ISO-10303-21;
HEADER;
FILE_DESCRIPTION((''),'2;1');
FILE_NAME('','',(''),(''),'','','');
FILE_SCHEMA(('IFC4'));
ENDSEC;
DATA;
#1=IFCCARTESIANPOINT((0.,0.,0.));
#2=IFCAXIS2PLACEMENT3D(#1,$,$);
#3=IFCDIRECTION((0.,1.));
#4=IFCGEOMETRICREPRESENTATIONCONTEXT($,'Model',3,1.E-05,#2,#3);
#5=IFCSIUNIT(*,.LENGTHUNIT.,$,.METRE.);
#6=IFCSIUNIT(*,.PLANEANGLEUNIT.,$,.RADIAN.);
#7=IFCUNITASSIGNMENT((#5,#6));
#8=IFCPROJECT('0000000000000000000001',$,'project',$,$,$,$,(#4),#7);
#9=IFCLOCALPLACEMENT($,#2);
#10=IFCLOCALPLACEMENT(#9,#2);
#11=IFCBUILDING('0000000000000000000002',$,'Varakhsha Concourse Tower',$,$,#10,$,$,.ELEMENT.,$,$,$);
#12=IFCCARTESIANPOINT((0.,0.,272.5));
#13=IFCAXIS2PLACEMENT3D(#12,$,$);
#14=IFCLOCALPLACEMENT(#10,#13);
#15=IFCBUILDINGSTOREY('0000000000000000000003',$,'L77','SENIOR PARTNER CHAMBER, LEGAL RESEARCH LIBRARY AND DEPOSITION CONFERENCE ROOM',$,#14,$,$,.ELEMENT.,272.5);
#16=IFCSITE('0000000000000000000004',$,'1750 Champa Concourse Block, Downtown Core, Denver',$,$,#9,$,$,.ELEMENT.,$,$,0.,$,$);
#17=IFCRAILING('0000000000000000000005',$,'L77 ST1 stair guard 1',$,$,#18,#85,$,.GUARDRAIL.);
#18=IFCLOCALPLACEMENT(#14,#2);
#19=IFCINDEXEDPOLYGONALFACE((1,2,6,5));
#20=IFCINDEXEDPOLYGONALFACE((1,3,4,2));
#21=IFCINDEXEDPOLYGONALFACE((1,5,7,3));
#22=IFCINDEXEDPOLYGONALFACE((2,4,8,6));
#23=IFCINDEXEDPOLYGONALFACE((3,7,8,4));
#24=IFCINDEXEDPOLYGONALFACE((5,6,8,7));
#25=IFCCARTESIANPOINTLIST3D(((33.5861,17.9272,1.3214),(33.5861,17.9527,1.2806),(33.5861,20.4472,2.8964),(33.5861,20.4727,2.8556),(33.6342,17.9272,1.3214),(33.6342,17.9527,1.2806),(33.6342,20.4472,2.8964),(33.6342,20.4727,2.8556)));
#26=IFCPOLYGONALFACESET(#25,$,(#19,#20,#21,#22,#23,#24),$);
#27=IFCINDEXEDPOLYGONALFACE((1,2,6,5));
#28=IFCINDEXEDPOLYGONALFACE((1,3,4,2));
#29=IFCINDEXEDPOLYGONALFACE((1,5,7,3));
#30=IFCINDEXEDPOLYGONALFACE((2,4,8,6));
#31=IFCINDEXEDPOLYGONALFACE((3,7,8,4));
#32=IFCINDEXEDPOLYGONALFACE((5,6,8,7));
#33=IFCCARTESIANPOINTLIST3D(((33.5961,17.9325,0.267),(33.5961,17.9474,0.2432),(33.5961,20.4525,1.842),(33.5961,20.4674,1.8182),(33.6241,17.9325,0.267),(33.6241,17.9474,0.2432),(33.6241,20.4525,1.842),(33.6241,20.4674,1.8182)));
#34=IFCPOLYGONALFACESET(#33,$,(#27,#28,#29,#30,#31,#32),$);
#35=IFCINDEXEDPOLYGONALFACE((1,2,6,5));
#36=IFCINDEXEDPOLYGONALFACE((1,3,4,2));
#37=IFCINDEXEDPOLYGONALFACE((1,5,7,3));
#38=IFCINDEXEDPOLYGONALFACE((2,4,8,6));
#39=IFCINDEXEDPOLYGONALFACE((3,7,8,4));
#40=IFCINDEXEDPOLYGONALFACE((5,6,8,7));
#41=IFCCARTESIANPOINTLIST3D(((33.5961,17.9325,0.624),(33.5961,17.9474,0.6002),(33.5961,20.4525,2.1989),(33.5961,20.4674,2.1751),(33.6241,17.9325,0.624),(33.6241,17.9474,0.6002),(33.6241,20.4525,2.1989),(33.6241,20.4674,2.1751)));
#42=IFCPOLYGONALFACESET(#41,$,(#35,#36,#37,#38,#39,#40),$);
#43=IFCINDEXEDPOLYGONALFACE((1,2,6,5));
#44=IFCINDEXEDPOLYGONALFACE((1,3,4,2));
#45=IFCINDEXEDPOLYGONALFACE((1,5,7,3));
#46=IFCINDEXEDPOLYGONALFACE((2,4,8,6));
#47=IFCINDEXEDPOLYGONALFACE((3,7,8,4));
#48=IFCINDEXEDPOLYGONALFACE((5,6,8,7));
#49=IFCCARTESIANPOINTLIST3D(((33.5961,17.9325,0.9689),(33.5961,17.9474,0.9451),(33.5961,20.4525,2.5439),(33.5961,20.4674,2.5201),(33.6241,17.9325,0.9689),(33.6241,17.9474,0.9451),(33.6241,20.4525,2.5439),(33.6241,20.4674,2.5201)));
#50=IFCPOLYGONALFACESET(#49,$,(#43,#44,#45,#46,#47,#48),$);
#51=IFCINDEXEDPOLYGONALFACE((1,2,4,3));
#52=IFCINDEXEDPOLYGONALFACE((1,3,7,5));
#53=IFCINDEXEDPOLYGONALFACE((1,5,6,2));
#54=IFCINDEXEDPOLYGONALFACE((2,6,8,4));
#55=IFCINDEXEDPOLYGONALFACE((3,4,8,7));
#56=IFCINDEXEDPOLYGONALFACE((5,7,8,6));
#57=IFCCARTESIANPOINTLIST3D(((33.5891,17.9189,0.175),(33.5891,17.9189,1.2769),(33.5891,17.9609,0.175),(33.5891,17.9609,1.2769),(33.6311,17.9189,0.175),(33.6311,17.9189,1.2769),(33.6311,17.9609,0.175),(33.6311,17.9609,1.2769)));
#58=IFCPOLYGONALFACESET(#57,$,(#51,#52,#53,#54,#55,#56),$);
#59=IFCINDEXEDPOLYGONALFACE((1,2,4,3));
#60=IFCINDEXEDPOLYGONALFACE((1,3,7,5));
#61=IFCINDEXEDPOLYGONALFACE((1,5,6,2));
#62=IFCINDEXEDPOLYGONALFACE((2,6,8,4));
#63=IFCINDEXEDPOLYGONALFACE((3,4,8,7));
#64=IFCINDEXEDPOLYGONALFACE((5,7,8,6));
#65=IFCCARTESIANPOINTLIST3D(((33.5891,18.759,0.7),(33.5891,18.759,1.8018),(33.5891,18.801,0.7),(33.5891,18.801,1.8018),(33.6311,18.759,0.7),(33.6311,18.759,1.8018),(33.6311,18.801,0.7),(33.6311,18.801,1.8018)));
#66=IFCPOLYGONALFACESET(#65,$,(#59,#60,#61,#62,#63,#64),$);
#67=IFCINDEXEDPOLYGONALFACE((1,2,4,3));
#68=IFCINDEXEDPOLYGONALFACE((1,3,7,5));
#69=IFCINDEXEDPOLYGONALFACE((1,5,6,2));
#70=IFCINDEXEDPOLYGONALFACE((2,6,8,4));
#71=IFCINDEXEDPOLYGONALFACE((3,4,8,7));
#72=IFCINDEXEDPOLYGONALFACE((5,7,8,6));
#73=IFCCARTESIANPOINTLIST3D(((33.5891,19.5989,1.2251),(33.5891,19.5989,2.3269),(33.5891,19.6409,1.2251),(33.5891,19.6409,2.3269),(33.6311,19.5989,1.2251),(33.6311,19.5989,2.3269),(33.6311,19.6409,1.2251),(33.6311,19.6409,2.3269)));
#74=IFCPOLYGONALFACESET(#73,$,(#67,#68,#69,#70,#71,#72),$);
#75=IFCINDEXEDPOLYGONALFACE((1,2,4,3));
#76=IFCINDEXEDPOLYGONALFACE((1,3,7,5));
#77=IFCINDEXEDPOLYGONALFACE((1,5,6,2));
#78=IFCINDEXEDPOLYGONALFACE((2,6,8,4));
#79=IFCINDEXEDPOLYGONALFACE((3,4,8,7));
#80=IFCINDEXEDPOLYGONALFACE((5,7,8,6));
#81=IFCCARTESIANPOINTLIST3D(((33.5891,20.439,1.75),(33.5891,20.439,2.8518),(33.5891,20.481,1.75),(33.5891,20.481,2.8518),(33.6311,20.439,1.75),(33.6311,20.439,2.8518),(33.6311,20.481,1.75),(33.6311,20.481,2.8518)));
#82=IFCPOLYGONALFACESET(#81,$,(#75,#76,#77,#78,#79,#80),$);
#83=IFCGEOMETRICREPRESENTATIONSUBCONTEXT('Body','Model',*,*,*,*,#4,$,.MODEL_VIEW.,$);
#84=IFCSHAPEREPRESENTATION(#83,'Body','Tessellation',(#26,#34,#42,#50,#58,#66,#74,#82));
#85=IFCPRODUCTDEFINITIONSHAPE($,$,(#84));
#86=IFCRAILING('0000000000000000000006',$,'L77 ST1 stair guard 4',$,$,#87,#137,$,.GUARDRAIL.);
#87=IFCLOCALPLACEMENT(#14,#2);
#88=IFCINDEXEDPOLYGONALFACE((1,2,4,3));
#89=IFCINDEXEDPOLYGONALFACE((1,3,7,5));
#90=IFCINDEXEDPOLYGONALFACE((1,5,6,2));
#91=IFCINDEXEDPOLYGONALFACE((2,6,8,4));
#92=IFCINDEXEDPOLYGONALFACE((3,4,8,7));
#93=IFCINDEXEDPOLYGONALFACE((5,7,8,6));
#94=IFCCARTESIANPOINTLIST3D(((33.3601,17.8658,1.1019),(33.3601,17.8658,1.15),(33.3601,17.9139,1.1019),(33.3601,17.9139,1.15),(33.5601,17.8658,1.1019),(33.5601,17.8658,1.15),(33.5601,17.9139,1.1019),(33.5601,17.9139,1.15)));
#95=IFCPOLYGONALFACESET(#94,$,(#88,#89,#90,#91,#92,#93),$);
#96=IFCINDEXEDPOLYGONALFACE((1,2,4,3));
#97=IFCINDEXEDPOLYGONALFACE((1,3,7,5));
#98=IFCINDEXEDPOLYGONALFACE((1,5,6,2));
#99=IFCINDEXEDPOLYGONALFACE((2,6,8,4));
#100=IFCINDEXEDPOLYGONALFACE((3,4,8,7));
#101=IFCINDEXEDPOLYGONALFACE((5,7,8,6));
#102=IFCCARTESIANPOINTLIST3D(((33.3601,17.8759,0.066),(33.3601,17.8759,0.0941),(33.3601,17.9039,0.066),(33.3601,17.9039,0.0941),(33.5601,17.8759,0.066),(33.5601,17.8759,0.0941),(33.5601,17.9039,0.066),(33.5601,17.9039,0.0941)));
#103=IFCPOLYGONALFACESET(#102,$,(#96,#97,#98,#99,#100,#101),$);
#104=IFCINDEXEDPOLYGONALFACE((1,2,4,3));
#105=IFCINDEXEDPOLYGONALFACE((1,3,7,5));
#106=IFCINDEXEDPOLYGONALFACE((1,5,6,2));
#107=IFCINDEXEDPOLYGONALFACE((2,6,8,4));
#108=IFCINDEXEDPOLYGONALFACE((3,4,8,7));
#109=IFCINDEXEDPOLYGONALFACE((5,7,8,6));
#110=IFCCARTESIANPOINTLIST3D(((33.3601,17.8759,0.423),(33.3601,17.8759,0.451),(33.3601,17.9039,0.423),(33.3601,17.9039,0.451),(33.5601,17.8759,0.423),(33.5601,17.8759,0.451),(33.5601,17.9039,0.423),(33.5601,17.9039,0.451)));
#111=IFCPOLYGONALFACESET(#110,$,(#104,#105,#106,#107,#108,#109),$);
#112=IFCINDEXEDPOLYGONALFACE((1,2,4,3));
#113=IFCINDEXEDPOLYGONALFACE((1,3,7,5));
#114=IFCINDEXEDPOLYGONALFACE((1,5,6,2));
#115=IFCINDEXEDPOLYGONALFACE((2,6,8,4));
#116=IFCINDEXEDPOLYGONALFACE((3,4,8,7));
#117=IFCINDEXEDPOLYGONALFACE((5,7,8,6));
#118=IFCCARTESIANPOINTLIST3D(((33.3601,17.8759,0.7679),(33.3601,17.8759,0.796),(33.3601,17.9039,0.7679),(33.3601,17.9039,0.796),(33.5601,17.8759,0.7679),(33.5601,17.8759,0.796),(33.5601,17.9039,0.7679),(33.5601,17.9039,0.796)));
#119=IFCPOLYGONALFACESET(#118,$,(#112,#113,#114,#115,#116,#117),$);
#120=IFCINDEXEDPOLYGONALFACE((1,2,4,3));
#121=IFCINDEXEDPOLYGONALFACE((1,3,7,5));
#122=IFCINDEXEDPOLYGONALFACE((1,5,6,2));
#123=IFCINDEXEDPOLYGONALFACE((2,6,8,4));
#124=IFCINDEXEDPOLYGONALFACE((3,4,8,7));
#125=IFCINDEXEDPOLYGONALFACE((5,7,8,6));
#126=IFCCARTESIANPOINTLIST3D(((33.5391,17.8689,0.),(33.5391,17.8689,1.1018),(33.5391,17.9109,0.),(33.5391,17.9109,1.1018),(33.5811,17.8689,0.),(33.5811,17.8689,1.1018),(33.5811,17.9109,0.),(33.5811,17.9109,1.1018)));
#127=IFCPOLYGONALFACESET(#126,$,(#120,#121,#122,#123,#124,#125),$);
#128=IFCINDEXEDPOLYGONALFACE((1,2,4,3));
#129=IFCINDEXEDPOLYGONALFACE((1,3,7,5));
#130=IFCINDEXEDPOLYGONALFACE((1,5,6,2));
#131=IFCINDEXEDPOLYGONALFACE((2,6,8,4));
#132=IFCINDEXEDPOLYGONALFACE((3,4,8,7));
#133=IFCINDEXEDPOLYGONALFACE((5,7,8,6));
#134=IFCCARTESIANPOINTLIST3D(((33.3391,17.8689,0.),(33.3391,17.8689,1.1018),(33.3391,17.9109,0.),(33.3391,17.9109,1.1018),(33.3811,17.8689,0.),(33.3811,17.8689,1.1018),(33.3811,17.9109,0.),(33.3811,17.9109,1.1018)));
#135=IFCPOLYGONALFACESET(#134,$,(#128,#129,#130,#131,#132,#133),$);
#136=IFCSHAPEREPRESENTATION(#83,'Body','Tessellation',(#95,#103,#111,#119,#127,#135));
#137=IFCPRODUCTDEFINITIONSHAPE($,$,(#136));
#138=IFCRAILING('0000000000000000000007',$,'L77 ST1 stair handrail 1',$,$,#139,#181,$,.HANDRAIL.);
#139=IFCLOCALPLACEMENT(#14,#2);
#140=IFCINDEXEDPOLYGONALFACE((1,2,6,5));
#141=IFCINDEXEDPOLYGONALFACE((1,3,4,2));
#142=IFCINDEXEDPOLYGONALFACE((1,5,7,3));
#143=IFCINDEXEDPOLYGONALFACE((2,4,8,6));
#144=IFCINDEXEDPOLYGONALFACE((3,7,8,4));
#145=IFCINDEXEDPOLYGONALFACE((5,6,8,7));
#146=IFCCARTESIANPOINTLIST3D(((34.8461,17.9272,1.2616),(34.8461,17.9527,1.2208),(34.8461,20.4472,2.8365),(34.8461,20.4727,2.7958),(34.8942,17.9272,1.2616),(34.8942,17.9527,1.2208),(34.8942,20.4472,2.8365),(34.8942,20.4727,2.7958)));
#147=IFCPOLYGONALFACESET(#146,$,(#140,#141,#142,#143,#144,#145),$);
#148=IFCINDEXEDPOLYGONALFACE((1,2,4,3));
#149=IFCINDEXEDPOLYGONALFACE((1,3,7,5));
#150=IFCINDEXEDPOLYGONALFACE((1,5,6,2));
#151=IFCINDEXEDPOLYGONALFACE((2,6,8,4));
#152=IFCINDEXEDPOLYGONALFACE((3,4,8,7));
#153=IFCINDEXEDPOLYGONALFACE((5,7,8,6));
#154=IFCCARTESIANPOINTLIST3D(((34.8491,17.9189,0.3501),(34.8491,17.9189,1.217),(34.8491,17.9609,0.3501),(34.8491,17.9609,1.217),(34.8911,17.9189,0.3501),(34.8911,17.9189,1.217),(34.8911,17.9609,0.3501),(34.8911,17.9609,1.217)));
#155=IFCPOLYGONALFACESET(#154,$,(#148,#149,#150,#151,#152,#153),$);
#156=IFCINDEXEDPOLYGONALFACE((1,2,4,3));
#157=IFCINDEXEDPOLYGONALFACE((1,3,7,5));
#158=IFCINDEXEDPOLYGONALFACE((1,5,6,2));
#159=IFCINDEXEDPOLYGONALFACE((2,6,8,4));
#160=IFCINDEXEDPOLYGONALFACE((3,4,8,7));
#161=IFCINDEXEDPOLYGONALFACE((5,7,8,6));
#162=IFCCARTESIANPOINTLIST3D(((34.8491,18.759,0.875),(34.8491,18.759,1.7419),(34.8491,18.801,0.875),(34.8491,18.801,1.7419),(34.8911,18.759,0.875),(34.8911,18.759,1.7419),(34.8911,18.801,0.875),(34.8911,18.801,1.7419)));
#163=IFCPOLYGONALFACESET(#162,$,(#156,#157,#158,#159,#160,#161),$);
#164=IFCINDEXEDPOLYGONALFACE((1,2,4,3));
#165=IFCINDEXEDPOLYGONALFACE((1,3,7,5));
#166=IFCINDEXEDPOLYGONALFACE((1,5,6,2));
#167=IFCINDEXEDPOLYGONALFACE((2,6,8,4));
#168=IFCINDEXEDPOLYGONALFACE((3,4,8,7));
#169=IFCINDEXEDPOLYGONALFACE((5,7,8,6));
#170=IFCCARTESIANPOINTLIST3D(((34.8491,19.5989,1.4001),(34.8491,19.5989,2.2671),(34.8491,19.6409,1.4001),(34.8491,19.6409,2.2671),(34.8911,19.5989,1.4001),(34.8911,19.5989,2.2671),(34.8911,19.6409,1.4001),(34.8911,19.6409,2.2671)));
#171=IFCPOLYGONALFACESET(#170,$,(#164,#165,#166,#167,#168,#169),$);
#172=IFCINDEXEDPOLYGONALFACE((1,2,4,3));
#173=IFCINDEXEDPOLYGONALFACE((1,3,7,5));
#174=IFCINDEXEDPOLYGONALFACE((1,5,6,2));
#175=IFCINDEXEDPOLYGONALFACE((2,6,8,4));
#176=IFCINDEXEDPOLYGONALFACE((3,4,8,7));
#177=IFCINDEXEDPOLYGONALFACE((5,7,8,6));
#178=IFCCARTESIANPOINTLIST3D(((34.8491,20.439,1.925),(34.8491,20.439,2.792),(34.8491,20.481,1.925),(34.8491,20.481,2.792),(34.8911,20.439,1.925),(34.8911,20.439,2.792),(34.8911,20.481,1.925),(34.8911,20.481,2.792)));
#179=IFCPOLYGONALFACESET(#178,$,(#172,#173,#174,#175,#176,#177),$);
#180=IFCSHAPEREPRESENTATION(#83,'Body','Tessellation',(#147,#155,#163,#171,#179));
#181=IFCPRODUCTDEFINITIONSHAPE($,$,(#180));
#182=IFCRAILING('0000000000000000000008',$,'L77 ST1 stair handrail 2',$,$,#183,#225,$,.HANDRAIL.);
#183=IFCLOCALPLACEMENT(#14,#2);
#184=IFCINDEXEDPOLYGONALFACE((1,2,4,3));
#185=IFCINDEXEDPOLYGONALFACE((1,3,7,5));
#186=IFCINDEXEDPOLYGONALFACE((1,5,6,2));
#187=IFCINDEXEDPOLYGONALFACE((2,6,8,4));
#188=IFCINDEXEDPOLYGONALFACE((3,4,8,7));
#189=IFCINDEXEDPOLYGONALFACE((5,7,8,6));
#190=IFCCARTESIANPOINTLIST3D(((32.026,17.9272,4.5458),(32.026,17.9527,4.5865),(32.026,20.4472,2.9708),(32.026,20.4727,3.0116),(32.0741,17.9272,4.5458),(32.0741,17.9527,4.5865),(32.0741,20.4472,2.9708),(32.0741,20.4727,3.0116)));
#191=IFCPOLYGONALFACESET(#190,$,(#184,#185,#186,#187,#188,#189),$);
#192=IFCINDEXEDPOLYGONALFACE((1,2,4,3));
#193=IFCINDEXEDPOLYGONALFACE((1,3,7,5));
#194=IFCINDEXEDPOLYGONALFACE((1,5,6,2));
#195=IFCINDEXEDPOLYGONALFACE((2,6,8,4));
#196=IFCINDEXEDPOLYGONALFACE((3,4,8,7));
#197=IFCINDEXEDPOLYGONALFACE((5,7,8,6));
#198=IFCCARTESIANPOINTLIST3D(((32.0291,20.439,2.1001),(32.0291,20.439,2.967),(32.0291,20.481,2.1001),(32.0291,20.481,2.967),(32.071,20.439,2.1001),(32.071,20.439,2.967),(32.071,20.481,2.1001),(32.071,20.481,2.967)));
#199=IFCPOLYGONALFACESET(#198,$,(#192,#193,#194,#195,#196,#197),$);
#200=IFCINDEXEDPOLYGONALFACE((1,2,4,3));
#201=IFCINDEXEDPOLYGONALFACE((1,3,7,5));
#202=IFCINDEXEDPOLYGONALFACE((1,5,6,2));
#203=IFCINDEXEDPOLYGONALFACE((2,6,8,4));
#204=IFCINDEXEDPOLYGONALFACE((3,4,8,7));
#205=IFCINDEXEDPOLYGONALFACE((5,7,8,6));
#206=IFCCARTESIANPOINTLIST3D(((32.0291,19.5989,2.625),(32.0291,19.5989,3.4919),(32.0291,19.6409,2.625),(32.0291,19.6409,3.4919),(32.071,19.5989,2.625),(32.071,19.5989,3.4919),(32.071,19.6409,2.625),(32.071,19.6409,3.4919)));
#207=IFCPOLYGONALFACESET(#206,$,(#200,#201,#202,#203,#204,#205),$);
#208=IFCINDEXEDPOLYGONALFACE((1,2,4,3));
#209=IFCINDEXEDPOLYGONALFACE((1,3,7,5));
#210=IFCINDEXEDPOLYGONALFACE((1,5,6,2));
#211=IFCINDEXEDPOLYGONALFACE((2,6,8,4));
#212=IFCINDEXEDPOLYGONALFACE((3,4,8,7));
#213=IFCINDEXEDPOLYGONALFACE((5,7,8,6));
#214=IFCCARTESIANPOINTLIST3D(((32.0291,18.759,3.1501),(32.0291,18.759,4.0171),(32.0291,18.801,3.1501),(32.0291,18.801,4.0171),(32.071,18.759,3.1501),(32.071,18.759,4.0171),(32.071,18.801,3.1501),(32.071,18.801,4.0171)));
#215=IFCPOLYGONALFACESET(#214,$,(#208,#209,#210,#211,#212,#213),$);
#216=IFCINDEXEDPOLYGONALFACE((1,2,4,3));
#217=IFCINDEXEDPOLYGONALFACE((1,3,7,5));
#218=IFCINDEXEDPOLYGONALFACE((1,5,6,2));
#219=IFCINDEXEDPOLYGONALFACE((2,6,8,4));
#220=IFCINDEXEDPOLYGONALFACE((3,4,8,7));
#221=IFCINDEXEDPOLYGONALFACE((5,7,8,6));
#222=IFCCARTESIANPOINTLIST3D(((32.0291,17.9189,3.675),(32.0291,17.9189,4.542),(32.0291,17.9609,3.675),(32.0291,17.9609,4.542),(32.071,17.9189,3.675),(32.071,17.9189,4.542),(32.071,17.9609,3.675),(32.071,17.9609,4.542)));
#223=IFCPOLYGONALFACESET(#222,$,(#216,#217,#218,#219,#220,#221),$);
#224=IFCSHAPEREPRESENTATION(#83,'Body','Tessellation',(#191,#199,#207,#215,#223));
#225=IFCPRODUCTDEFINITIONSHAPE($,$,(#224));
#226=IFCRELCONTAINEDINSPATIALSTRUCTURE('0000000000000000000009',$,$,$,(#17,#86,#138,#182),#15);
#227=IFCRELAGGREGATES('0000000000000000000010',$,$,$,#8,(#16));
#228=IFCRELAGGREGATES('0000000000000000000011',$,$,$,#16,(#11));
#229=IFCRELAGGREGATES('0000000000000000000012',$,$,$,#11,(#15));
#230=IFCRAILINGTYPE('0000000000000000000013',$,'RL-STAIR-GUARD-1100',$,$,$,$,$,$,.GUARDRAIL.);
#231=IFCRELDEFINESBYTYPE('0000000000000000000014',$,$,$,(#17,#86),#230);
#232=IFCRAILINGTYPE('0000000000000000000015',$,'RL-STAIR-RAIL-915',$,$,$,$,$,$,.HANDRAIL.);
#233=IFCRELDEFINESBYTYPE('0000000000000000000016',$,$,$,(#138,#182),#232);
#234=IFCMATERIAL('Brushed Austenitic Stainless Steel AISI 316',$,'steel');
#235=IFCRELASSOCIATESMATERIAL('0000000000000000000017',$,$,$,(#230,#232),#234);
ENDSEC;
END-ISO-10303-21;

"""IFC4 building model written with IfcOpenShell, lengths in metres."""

from ifc_helpers import new_model, si_unit, direction, frame, origin, origin_2d, place, context, subcontext, project, spatial, rectangle, extrude, material, type_object, element, save


model = new_model("IFC4")

# Units and contexts
model_context = context("Model", 3, precision=1e-05, world=origin(), true_north=direction((0.0, 1.0)))
body_context = subcontext(model_context, "Body", "Model", "MODEL_VIEW")
ifc_project = project(units=[si_unit("LENGTHUNIT", "METRE"), si_unit("PLANEANGLEUNIT", "RADIAN")], contexts=[model_context])

# Site, building, storey
site_placement = place(None, origin())
site = spatial("IfcSite", under=ifc_project, at=site_placement, Name="1750 Champa Concourse Block, Downtown Core, Denver", CompositionType="ELEMENT", RefElevation=0.0)
building_placement = place(site_placement, origin())
building = spatial("IfcBuilding", under=site, at=building_placement, Name="Varakhsha Concourse Tower", CompositionType="ELEMENT")
storey_placement = place(building_placement, frame((0.0, 0.0, 272.5)))
storey = spatial("IfcBuildingStorey", under=building, at=storey_placement, Name="L77", Description="SENIOR PARTNER CHAMBER, LEGAL RESEARCH LIBRARY AND DEPOSITION CONFERENCE ROOM", CompositionType="ELEMENT", Elevation=272.5)

# Railings
ifc_material_1 = material(Name="Brushed Austenitic Stainless Steel AISI 316", Category="steel")
railing_type_1 = type_object("IfcRailingType", Name="RL-STAIR-GUARD-1100", PredefinedType="GUARDRAIL", material=ifc_material_1)
railing_1_placement = place(storey_placement, frame((33.6101, 17.9399, 0.175)))
element("IfcRailing", 1, at=railing_1_placement, inside=storey, type_object=railing_type_1, Name="L77 ST1 stair guard 1", PredefinedType="GUARDRAIL", context=body_context, shape_type="SweptSolid", body=[
    extrude(rectangle(XDim=0.0481, YDim=0.0481, at=origin_2d()), frame((0.0, 0.0, 1.126), z_axis=(0.0, 0.848008, 0.529984), x_axis=(-1.0, 0.0, 0.0)), (0.0, 0.0, 1.0), 2.9717),
    extrude(rectangle(XDim=0.0281, YDim=0.0281, at=origin_2d()), frame((0.0, 0.0, 0.0801), z_axis=(0.0, 0.848008, 0.529984), x_axis=(-1.0, 0.0, 0.0)), (0.0, 0.0, 1.0), 2.9717),
    extrude(rectangle(XDim=0.0281, YDim=0.0281, at=origin_2d()), frame((0.0, 0.0, 0.437), z_axis=(0.0, 0.848008, 0.529984), x_axis=(-1.0, 0.0, 0.0)), (0.0, 0.0, 1.0), 2.9717),
    extrude(rectangle(XDim=0.0281, YDim=0.0281, at=origin_2d()), frame((0.0, 0.0, 0.782), z_axis=(0.0, 0.848008, 0.529984), x_axis=(-1.0, 0.0, 0.0)), (0.0, 0.0, 1.0), 2.9717),
    extrude(rectangle(XDim=0.042, YDim=0.042, at=origin_2d()), origin(), (0.0, 0.0, 1.0), 1.1018),
    extrude(rectangle(XDim=0.042, YDim=0.042, at=origin_2d()), frame((0.0, 0.8401, 0.5249)), (0.0, 0.0, 1.0), 1.1018),
    extrude(rectangle(XDim=0.042, YDim=0.042, at=origin_2d()), frame((0.0, 1.6799, 1.05)), (0.0, 0.0, 1.0), 1.1018),
    extrude(rectangle(XDim=0.042, YDim=0.042, at=origin_2d()), frame((0.0, 2.52, 1.575)), (0.0, 0.0, 1.0), 1.1018),
])
railing_2_placement = place(storey_placement, frame((33.5601, 17.8899, 0.0)))
element("IfcRailing", 2, at=railing_2_placement, inside=storey, type_object=railing_type_1, Name="L77 ST1 stair guard 4", PredefinedType="GUARDRAIL", context=body_context, shape_type="SweptSolid", body=[
    extrude(rectangle(XDim=0.0481, YDim=0.0481, at=origin_2d()), frame((0.0, 0.0, 1.126), z_axis=(-1.0, 0.0, 0.0), x_axis=(0.0, -1.0, 0.0)), (0.0, 0.0, 1.0), 0.2),
    extrude(rectangle(XDim=0.0281, YDim=0.0281, at=origin_2d()), frame((0.0, 0.0, 0.0801), z_axis=(-1.0, 0.0, 0.0), x_axis=(0.0, -1.0, 0.0)), (0.0, 0.0, 1.0), 0.2),
    extrude(rectangle(XDim=0.0281, YDim=0.0281, at=origin_2d()), frame((0.0, 0.0, 0.437), z_axis=(-1.0, 0.0, 0.0), x_axis=(0.0, -1.0, 0.0)), (0.0, 0.0, 1.0), 0.2),
    extrude(rectangle(XDim=0.0281, YDim=0.0281, at=origin_2d()), frame((0.0, 0.0, 0.782), z_axis=(-1.0, 0.0, 0.0), x_axis=(0.0, -1.0, 0.0)), (0.0, 0.0, 1.0), 0.2),
    extrude(rectangle(XDim=0.042, YDim=0.042, at=origin_2d()), origin(), (0.0, 0.0, 1.0), 1.1018),
    extrude(rectangle(XDim=0.042, YDim=0.042, at=origin_2d()), frame((-0.2, 0.0, 0.0)), (0.0, 0.0, 1.0), 1.1018),
])
railing_type_2 = type_object("IfcRailingType", Name="RL-STAIR-RAIL-915", PredefinedType="HANDRAIL", material=ifc_material_1)
railing_3_placement = place(storey_placement, frame((34.8701, 17.9399, 0.3501)))
element("IfcRailing", 3, at=railing_3_placement, inside=storey, type_object=railing_type_2, Name="L77 ST1 stair handrail 1", PredefinedType="HANDRAIL", context=body_context, shape_type="SweptSolid", body=[
    extrude(rectangle(XDim=0.0481, YDim=0.0481, at=origin_2d()), frame((0.0, 0.0, 0.8911), z_axis=(0.0, 0.848008, 0.529984), x_axis=(-1.0, 0.0, 0.0)), (0.0, 0.0, 1.0), 2.9717),
    extrude(rectangle(XDim=0.042, YDim=0.042, at=origin_2d()), origin(), (0.0, 0.0, 1.0), 0.8669),
    extrude(rectangle(XDim=0.042, YDim=0.042, at=origin_2d()), frame((0.0, 0.8401, 0.5249)), (0.0, 0.0, 1.0), 0.8669),
    extrude(rectangle(XDim=0.042, YDim=0.042, at=origin_2d()), frame((0.0, 1.6799, 1.05)), (0.0, 0.0, 1.0), 0.8669),
    extrude(rectangle(XDim=0.042, YDim=0.042, at=origin_2d()), frame((0.0, 2.52, 1.575)), (0.0, 0.0, 1.0), 0.8669),
])
railing_4_placement = place(storey_placement, frame((32.05, 20.46, 2.1001)))
element("IfcRailing", 4, at=railing_4_placement, inside=storey, type_object=railing_type_2, Name="L77 ST1 stair handrail 2", PredefinedType="HANDRAIL", context=body_context, shape_type="SweptSolid", body=[
    extrude(rectangle(XDim=0.0481, YDim=0.0481, at=origin_2d()), frame((0.0, 0.0, 0.8911), z_axis=(0.0, -0.848008, 0.529984), x_axis=(1.0, 0.0, 0.0)), (0.0, 0.0, 1.0), 2.9717),
    extrude(rectangle(XDim=0.042, YDim=0.042, at=origin_2d()), origin(), (0.0, 0.0, 1.0), 0.8669),
    extrude(rectangle(XDim=0.042, YDim=0.042, at=origin_2d()), frame((0.0, -0.8401, 0.5249)), (0.0, 0.0, 1.0), 0.8669),
    extrude(rectangle(XDim=0.042, YDim=0.042, at=origin_2d()), frame((0.0, -1.6799, 1.05)), (0.0, 0.0, 1.0), 0.8669),
    extrude(rectangle(XDim=0.042, YDim=0.042, at=origin_2d()), frame((0.0, -2.52, 1.575)), (0.0, 0.0, 1.0), 0.8669),
])

save(model, "model.ifc")
